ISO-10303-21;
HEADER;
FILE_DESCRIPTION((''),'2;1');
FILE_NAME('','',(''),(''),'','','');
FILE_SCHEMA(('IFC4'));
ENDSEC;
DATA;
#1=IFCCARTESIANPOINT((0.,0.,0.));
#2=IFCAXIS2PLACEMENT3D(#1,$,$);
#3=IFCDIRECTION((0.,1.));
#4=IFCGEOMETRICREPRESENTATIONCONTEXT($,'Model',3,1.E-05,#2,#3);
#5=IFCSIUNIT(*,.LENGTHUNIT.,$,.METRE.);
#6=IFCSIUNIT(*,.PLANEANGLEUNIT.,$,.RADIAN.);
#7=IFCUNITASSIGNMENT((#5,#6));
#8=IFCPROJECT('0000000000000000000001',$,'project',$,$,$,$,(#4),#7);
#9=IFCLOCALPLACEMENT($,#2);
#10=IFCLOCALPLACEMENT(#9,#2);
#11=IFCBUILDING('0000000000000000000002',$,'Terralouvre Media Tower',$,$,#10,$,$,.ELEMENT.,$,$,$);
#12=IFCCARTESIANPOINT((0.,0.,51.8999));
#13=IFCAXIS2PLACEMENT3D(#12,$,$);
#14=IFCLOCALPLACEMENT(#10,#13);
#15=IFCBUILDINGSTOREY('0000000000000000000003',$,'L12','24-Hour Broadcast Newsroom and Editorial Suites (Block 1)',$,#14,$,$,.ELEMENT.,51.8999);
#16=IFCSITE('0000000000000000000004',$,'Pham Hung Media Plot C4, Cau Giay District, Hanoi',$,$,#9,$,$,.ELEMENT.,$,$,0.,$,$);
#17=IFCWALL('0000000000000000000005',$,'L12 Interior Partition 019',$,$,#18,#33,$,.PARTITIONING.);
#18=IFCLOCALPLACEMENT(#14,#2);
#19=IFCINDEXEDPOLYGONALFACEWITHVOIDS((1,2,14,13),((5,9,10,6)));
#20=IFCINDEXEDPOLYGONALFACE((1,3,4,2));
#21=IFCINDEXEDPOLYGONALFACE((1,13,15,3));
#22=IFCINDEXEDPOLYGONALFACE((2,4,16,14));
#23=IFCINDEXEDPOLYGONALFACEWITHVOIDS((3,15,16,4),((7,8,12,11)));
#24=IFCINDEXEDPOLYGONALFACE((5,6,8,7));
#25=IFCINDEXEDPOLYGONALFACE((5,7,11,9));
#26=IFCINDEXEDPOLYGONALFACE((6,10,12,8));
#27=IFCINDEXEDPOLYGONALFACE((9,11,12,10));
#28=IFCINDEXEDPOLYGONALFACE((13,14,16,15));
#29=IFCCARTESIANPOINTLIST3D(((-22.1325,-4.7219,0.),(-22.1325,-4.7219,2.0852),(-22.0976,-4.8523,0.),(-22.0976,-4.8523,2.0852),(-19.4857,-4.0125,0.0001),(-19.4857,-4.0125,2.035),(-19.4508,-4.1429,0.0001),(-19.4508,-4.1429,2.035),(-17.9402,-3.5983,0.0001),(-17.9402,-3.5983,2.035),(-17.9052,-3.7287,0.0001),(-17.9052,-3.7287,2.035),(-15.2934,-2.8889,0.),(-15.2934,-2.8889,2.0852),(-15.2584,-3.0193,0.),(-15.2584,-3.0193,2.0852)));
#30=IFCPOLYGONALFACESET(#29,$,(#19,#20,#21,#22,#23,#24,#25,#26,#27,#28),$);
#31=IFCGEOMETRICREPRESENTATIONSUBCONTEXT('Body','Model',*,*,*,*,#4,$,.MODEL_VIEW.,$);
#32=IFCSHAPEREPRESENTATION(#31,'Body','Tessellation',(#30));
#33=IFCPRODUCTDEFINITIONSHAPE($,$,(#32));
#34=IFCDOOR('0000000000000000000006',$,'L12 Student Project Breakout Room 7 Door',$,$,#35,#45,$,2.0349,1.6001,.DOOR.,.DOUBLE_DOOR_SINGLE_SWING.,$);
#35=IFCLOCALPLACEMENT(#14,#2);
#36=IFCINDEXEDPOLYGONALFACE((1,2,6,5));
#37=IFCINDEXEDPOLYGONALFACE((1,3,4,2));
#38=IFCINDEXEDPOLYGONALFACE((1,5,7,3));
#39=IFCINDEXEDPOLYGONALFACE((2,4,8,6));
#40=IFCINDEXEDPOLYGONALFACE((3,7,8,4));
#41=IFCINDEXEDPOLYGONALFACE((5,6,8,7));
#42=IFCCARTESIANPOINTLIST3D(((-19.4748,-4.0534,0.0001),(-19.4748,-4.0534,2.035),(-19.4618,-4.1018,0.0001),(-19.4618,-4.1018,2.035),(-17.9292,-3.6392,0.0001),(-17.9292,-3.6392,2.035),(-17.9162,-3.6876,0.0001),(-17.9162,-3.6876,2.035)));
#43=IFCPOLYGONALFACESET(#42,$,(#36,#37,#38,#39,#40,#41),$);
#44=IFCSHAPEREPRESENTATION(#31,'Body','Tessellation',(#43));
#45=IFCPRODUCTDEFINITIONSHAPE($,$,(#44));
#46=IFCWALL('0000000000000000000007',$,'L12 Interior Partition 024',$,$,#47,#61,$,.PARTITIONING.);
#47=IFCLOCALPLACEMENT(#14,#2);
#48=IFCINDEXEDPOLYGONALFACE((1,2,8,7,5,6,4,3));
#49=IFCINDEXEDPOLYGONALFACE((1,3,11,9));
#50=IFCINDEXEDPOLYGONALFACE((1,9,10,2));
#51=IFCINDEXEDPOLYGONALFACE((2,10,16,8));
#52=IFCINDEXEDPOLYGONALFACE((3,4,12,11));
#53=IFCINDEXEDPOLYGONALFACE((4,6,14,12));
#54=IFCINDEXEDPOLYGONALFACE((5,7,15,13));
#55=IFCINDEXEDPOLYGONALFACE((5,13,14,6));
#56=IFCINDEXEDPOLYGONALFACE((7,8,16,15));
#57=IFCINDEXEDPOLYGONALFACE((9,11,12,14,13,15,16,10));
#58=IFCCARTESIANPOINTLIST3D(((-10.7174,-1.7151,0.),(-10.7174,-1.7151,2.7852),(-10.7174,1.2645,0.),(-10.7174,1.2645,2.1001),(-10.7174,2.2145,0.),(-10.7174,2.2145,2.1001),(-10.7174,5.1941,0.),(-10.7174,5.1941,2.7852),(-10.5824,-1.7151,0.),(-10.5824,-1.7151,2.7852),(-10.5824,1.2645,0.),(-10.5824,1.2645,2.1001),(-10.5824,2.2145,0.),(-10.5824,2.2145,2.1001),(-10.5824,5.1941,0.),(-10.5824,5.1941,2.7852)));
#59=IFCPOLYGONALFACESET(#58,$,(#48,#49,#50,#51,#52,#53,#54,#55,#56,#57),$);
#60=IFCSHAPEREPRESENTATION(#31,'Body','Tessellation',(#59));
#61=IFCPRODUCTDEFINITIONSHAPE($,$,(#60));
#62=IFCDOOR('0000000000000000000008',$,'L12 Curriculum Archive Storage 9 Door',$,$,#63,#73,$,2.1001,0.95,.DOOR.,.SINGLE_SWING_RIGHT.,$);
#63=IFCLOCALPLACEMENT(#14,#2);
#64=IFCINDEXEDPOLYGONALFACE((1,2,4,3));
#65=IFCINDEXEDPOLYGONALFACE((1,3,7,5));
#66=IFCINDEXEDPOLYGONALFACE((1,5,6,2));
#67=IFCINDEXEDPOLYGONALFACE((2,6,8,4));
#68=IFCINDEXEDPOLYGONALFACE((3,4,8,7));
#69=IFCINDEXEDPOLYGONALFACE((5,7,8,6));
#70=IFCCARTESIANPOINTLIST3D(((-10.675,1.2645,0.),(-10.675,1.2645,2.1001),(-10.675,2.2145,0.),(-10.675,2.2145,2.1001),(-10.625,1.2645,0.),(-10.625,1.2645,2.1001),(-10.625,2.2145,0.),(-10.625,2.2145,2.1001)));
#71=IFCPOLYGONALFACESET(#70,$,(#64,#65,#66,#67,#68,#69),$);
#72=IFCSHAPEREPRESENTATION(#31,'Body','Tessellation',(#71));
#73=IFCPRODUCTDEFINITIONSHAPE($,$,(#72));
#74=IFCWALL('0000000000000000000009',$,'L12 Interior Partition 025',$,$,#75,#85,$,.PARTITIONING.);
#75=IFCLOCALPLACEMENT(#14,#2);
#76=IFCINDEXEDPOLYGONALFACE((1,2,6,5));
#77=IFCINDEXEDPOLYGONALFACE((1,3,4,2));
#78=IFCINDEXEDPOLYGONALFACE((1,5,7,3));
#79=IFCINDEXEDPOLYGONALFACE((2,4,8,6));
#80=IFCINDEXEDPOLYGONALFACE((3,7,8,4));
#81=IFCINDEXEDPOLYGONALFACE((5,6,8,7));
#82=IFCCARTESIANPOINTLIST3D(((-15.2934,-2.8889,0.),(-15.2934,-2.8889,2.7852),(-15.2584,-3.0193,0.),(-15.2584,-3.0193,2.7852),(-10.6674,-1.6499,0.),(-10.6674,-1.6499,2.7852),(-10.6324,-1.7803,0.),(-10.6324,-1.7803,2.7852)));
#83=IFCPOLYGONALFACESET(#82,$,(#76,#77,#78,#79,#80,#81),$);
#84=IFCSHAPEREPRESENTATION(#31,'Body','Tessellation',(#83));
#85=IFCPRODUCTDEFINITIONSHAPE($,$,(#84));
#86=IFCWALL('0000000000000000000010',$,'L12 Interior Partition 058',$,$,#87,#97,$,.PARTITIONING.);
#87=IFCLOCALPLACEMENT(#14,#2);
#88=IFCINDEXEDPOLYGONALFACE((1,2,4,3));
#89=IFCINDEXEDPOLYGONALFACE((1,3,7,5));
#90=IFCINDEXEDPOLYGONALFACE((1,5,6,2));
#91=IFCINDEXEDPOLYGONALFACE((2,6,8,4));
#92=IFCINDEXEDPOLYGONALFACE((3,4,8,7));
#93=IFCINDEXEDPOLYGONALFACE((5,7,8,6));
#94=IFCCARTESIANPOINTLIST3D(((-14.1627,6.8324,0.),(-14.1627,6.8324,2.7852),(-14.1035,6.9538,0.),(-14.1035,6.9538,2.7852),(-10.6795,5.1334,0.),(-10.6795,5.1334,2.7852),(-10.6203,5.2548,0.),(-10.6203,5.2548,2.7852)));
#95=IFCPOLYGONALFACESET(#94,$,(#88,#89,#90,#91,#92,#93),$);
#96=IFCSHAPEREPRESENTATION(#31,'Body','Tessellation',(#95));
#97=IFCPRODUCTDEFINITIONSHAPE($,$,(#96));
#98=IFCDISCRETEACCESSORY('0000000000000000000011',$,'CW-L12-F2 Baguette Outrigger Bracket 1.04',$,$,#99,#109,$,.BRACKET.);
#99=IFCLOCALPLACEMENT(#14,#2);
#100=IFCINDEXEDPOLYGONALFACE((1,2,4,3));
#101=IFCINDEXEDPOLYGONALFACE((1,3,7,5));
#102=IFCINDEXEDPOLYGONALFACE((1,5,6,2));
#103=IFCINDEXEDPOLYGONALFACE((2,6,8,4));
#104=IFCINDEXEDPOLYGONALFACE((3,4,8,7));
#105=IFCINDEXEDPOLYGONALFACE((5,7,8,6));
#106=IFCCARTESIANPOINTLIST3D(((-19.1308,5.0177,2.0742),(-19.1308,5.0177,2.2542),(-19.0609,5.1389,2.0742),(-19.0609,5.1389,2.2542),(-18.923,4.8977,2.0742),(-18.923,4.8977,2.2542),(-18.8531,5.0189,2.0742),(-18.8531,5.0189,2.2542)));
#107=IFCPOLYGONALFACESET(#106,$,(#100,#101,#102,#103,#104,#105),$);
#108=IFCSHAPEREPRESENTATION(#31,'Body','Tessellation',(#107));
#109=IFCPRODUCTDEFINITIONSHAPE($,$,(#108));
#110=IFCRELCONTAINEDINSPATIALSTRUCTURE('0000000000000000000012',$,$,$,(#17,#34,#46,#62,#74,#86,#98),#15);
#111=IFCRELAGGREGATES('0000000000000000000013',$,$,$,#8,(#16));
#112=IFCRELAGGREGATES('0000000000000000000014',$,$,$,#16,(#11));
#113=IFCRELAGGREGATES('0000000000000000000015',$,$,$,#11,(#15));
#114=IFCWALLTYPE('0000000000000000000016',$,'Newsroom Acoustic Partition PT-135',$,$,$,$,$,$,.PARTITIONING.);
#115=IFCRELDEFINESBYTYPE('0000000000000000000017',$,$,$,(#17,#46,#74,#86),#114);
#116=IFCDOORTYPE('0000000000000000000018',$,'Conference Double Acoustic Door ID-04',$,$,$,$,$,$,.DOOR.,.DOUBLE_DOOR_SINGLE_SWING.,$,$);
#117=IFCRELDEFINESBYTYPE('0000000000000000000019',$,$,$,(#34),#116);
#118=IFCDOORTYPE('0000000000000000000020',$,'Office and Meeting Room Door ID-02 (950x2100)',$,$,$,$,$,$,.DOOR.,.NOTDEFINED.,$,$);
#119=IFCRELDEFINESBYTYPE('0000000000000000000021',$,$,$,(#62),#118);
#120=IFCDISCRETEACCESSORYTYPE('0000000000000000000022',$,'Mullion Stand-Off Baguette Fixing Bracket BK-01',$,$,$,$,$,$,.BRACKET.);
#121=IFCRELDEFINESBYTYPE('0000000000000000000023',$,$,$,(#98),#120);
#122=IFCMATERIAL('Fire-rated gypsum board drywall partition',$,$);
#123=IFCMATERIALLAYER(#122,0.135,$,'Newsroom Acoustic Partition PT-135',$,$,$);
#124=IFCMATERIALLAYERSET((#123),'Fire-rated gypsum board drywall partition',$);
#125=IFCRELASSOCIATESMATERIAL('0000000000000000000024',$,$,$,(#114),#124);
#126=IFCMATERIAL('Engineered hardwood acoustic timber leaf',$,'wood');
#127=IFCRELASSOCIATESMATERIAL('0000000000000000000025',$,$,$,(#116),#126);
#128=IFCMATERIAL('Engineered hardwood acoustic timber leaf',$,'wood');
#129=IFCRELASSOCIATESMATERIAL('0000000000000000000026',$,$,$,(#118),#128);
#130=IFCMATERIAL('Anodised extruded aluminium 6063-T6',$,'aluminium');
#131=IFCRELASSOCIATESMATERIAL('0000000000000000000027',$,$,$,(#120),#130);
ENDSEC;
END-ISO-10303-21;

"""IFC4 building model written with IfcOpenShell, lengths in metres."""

from ifc_helpers import new_model, si_unit, direction, frame, frame_2d, origin, origin_2d, place, context, subcontext, project, spatial, rectangle, extrude, material, layer, layer_set, type_object, element, fill, save


model = new_model("IFC4")

# Units and contexts
model_context = context("Model", 3, precision=1e-05, world=origin(), true_north=direction((0.0, 1.0)))
body_context = subcontext(model_context, "Body", "Model", "MODEL_VIEW")
ifc_project = project(units=[si_unit("LENGTHUNIT", "METRE"), si_unit("PLANEANGLEUNIT", "RADIAN")], contexts=[model_context])

# Site, building, storey
site_placement = place(None, origin())
site = spatial("IfcSite", under=ifc_project, at=site_placement, Name="Pham Hung Media Plot C4, Cau Giay District, Hanoi", CompositionType="ELEMENT", RefElevation=0.0)
building_placement = place(site_placement, origin())
building = spatial("IfcBuilding", under=site, at=building_placement, Name="Terralouvre Media Tower", CompositionType="ELEMENT")
storey_placement = place(building_placement, frame((0.0, 0.0, 51.8999)))
storey = spatial("IfcBuildingStorey", under=building, at=storey_placement, Name="L12", Description="24-Hour Broadcast Newsroom and Editorial Suites (Block 1)", CompositionType="ELEMENT", Elevation=51.8999)

# Walls, openings, doors
ifc_material_1 = material(Name="Fire-rated gypsum board drywall partition")
ifc_layer_1 = layer(ifc_material_1, 0.135, Name="Newsroom Acoustic Partition PT-135")
ifc_layer_set_1 = layer_set([ifc_layer_1], Name="Fire-rated gypsum board drywall partition")
wall_type_1 = type_object("IfcWallType", Name="Newsroom Acoustic Partition PT-135", PredefinedType="PARTITIONING", material=ifc_layer_set_1)
wall_1_placement = place(storey_placement, frame((-15.2759, -2.9541, 0.0), z_axis=(0.0, 0.0, 1.0), x_axis=(-0.965909, -0.258881, 0.0)))
wall_1 = element("IfcWall", 1, at=wall_1_placement, inside=storey, type_object=wall_type_1, Name="L12 Interior Partition 019", PredefinedType="PARTITIONING", context=body_context, shape_type="SweptSolid", body=[
    extrude(rectangle(XDim=7.0806, YDim=0.135, at=frame_2d((3.5403, 0.0))), origin(), (0.0, 0.0, 1.0), 2.0852),
])
opening_1_placement = place(wall_1_placement, frame((2.7402, 0.0, 0.0)))
opening_1 = element("IfcOpeningElement", 2, at=opening_1_placement, cuts=wall_1, PredefinedType="OPENING", context=body_context, shape_type="SweptSolid", body=[
    extrude(rectangle(XDim=1.6001, YDim=2.0349, at=frame_2d((0.8, 1.0176))), frame((0.0, 0.0774, 0.0), z_axis=(0.0, -1.0, 0.0), x_axis=(1.0, 0.0, 0.0)), (0.0, 0.0, 1.0), 0.155),
])
ifc_material_2 = material(Name="Engineered hardwood acoustic timber leaf", Category="wood")
door_type_1 = type_object("IfcDoorType", Name="Conference Double Acoustic Door ID-04", OperationType="DOUBLE_DOOR_SINGLE_SWING", PredefinedType="DOOR", material=ifc_material_2)
door_1_placement = place(opening_1_placement, origin())
door_1 = element("IfcDoor", 3, at=door_1_placement, inside=storey, type_object=door_type_1, Name="L12 Student Project Breakout Room 7 Door", OperationType="DOUBLE_DOOR_SINGLE_SWING", OverallHeight=2.0349, OverallWidth=1.6001, PredefinedType="DOOR", context=body_context, shape_type="SweptSolid", body=[
    extrude(rectangle(XDim=1.6001, YDim=2.0349, at=frame_2d((0.8, 1.0176))), frame((0.0, 0.0249, 0.0), z_axis=(0.0, -1.0, 0.0), x_axis=(1.0, 0.0, 0.0)), (0.0, 0.0, 1.0), 0.05),
])
fill(opening_1, door_1)
wall_2_placement = place(storey_placement, frame((-10.6499, 5.1941, 0.0), z_axis=(0.0, 0.0, 1.0), x_axis=(0.0, -1.0, 0.0)))
wall_2 = element("IfcWall", 4, at=wall_2_placement, inside=storey, type_object=wall_type_1, Name="L12 Interior Partition 024", PredefinedType="PARTITIONING", context=body_context, shape_type="SweptSolid", body=[
    extrude(rectangle(XDim=6.9092, YDim=0.135, at=frame_2d((3.4546, 0.0))), origin(), (0.0, 0.0, 1.0), 2.7852),
])
opening_2_placement = place(wall_2_placement, frame((2.9795, 0.0, 0.0)))
opening_2 = element("IfcOpeningElement", 5, at=opening_2_placement, cuts=wall_2, PredefinedType="OPENING", context=body_context, shape_type="SweptSolid", body=[
    extrude(rectangle(XDim=0.95, YDim=2.1001, at=frame_2d((0.4751, 1.05))), frame((0.0, 0.0774, 0.0), z_axis=(0.0, -1.0, 0.0), x_axis=(1.0, 0.0, 0.0)), (0.0, 0.0, 1.0), 0.155),
])
ifc_material_3 = material(Name="Engineered hardwood acoustic timber leaf", Category="wood")
door_type_2 = type_object("IfcDoorType", Name="Office and Meeting Room Door ID-02 (950x2100)", OperationType="NOTDEFINED", PredefinedType="DOOR", material=ifc_material_3)
door_2_placement = place(opening_2_placement, origin())
door_2 = element("IfcDoor", 6, at=door_2_placement, inside=storey, type_object=door_type_2, Name="L12 Curriculum Archive Storage 9 Door", OperationType="SINGLE_SWING_RIGHT", OverallHeight=2.1001, OverallWidth=0.95, PredefinedType="DOOR", context=body_context, shape_type="SweptSolid", body=[
    extrude(rectangle(XDim=0.95, YDim=2.1001, at=frame_2d((0.4751, 1.05))), frame((0.0, 0.0249, 0.0), z_axis=(0.0, -1.0, 0.0), x_axis=(1.0, 0.0, 0.0)), (0.0, 0.0, 1.0), 0.05),
])
fill(opening_2, door_2)

# Walls
wall_3_placement = place(storey_placement, frame((-10.6499, -1.7151, 0.0), z_axis=(0.0, 0.0, 1.0), x_axis=(-0.965953, -0.258719, 0.0)))
element("IfcWall", 7, at=wall_3_placement, inside=storey, type_object=wall_type_1, Name="L12 Interior Partition 025", PredefinedType="PARTITIONING", context=body_context, shape_type="SweptSolid", body=[
    extrude(rectangle(XDim=4.7891, YDim=0.135, at=frame_2d((2.3945, 0.0))), origin(), (0.0, 0.0, 1.0), 2.7852),
])
wall_4_placement = place(storey_placement, frame((-10.6499, 5.1941, 0.0), z_axis=(0.0, 0.0, 1.0), x_axis=(-0.898781, 0.438398, 0.0)))
element("IfcWall", 8, at=wall_4_placement, inside=storey, type_object=wall_type_1, Name="L12 Interior Partition 058", PredefinedType="PARTITIONING", context=body_context, shape_type="SweptSolid", body=[
    extrude(rectangle(XDim=3.8755, YDim=0.135, at=frame_2d((1.9377, 0.0))), origin(), (0.0, 0.0, 1.0), 2.7852),
])

# Discrete accessory
ifc_material_4 = material(Name="Anodised extruded aluminium 6063-T6", Category="aluminium")
discrete_accessory_type = type_object("IfcDiscreteAccessoryType", Name="Mullion Stand-Off Baguette Fixing Bracket BK-01", PredefinedType="BRACKET", material=ifc_material_4)
discrete_accessory_placement = place(storey_placement, frame((-18.9919, 5.0183, 2.0742), z_axis=(0.0, 0.0, 1.0), x_axis=(-0.5, -0.866025, 0.0)))
element("IfcDiscreteAccessory", 9, at=discrete_accessory_placement, inside=storey, type_object=discrete_accessory_type, Name="CW-L12-F2 Baguette Outrigger Bracket 1.04", PredefinedType="BRACKET", context=body_context, shape_type="SweptSolid", body=[
    extrude(rectangle(XDim=0.1399, YDim=0.24, at=origin_2d()), origin(), (0.0, 0.0, 1.0), 0.1799),
])

save(model, "model.ifc")
